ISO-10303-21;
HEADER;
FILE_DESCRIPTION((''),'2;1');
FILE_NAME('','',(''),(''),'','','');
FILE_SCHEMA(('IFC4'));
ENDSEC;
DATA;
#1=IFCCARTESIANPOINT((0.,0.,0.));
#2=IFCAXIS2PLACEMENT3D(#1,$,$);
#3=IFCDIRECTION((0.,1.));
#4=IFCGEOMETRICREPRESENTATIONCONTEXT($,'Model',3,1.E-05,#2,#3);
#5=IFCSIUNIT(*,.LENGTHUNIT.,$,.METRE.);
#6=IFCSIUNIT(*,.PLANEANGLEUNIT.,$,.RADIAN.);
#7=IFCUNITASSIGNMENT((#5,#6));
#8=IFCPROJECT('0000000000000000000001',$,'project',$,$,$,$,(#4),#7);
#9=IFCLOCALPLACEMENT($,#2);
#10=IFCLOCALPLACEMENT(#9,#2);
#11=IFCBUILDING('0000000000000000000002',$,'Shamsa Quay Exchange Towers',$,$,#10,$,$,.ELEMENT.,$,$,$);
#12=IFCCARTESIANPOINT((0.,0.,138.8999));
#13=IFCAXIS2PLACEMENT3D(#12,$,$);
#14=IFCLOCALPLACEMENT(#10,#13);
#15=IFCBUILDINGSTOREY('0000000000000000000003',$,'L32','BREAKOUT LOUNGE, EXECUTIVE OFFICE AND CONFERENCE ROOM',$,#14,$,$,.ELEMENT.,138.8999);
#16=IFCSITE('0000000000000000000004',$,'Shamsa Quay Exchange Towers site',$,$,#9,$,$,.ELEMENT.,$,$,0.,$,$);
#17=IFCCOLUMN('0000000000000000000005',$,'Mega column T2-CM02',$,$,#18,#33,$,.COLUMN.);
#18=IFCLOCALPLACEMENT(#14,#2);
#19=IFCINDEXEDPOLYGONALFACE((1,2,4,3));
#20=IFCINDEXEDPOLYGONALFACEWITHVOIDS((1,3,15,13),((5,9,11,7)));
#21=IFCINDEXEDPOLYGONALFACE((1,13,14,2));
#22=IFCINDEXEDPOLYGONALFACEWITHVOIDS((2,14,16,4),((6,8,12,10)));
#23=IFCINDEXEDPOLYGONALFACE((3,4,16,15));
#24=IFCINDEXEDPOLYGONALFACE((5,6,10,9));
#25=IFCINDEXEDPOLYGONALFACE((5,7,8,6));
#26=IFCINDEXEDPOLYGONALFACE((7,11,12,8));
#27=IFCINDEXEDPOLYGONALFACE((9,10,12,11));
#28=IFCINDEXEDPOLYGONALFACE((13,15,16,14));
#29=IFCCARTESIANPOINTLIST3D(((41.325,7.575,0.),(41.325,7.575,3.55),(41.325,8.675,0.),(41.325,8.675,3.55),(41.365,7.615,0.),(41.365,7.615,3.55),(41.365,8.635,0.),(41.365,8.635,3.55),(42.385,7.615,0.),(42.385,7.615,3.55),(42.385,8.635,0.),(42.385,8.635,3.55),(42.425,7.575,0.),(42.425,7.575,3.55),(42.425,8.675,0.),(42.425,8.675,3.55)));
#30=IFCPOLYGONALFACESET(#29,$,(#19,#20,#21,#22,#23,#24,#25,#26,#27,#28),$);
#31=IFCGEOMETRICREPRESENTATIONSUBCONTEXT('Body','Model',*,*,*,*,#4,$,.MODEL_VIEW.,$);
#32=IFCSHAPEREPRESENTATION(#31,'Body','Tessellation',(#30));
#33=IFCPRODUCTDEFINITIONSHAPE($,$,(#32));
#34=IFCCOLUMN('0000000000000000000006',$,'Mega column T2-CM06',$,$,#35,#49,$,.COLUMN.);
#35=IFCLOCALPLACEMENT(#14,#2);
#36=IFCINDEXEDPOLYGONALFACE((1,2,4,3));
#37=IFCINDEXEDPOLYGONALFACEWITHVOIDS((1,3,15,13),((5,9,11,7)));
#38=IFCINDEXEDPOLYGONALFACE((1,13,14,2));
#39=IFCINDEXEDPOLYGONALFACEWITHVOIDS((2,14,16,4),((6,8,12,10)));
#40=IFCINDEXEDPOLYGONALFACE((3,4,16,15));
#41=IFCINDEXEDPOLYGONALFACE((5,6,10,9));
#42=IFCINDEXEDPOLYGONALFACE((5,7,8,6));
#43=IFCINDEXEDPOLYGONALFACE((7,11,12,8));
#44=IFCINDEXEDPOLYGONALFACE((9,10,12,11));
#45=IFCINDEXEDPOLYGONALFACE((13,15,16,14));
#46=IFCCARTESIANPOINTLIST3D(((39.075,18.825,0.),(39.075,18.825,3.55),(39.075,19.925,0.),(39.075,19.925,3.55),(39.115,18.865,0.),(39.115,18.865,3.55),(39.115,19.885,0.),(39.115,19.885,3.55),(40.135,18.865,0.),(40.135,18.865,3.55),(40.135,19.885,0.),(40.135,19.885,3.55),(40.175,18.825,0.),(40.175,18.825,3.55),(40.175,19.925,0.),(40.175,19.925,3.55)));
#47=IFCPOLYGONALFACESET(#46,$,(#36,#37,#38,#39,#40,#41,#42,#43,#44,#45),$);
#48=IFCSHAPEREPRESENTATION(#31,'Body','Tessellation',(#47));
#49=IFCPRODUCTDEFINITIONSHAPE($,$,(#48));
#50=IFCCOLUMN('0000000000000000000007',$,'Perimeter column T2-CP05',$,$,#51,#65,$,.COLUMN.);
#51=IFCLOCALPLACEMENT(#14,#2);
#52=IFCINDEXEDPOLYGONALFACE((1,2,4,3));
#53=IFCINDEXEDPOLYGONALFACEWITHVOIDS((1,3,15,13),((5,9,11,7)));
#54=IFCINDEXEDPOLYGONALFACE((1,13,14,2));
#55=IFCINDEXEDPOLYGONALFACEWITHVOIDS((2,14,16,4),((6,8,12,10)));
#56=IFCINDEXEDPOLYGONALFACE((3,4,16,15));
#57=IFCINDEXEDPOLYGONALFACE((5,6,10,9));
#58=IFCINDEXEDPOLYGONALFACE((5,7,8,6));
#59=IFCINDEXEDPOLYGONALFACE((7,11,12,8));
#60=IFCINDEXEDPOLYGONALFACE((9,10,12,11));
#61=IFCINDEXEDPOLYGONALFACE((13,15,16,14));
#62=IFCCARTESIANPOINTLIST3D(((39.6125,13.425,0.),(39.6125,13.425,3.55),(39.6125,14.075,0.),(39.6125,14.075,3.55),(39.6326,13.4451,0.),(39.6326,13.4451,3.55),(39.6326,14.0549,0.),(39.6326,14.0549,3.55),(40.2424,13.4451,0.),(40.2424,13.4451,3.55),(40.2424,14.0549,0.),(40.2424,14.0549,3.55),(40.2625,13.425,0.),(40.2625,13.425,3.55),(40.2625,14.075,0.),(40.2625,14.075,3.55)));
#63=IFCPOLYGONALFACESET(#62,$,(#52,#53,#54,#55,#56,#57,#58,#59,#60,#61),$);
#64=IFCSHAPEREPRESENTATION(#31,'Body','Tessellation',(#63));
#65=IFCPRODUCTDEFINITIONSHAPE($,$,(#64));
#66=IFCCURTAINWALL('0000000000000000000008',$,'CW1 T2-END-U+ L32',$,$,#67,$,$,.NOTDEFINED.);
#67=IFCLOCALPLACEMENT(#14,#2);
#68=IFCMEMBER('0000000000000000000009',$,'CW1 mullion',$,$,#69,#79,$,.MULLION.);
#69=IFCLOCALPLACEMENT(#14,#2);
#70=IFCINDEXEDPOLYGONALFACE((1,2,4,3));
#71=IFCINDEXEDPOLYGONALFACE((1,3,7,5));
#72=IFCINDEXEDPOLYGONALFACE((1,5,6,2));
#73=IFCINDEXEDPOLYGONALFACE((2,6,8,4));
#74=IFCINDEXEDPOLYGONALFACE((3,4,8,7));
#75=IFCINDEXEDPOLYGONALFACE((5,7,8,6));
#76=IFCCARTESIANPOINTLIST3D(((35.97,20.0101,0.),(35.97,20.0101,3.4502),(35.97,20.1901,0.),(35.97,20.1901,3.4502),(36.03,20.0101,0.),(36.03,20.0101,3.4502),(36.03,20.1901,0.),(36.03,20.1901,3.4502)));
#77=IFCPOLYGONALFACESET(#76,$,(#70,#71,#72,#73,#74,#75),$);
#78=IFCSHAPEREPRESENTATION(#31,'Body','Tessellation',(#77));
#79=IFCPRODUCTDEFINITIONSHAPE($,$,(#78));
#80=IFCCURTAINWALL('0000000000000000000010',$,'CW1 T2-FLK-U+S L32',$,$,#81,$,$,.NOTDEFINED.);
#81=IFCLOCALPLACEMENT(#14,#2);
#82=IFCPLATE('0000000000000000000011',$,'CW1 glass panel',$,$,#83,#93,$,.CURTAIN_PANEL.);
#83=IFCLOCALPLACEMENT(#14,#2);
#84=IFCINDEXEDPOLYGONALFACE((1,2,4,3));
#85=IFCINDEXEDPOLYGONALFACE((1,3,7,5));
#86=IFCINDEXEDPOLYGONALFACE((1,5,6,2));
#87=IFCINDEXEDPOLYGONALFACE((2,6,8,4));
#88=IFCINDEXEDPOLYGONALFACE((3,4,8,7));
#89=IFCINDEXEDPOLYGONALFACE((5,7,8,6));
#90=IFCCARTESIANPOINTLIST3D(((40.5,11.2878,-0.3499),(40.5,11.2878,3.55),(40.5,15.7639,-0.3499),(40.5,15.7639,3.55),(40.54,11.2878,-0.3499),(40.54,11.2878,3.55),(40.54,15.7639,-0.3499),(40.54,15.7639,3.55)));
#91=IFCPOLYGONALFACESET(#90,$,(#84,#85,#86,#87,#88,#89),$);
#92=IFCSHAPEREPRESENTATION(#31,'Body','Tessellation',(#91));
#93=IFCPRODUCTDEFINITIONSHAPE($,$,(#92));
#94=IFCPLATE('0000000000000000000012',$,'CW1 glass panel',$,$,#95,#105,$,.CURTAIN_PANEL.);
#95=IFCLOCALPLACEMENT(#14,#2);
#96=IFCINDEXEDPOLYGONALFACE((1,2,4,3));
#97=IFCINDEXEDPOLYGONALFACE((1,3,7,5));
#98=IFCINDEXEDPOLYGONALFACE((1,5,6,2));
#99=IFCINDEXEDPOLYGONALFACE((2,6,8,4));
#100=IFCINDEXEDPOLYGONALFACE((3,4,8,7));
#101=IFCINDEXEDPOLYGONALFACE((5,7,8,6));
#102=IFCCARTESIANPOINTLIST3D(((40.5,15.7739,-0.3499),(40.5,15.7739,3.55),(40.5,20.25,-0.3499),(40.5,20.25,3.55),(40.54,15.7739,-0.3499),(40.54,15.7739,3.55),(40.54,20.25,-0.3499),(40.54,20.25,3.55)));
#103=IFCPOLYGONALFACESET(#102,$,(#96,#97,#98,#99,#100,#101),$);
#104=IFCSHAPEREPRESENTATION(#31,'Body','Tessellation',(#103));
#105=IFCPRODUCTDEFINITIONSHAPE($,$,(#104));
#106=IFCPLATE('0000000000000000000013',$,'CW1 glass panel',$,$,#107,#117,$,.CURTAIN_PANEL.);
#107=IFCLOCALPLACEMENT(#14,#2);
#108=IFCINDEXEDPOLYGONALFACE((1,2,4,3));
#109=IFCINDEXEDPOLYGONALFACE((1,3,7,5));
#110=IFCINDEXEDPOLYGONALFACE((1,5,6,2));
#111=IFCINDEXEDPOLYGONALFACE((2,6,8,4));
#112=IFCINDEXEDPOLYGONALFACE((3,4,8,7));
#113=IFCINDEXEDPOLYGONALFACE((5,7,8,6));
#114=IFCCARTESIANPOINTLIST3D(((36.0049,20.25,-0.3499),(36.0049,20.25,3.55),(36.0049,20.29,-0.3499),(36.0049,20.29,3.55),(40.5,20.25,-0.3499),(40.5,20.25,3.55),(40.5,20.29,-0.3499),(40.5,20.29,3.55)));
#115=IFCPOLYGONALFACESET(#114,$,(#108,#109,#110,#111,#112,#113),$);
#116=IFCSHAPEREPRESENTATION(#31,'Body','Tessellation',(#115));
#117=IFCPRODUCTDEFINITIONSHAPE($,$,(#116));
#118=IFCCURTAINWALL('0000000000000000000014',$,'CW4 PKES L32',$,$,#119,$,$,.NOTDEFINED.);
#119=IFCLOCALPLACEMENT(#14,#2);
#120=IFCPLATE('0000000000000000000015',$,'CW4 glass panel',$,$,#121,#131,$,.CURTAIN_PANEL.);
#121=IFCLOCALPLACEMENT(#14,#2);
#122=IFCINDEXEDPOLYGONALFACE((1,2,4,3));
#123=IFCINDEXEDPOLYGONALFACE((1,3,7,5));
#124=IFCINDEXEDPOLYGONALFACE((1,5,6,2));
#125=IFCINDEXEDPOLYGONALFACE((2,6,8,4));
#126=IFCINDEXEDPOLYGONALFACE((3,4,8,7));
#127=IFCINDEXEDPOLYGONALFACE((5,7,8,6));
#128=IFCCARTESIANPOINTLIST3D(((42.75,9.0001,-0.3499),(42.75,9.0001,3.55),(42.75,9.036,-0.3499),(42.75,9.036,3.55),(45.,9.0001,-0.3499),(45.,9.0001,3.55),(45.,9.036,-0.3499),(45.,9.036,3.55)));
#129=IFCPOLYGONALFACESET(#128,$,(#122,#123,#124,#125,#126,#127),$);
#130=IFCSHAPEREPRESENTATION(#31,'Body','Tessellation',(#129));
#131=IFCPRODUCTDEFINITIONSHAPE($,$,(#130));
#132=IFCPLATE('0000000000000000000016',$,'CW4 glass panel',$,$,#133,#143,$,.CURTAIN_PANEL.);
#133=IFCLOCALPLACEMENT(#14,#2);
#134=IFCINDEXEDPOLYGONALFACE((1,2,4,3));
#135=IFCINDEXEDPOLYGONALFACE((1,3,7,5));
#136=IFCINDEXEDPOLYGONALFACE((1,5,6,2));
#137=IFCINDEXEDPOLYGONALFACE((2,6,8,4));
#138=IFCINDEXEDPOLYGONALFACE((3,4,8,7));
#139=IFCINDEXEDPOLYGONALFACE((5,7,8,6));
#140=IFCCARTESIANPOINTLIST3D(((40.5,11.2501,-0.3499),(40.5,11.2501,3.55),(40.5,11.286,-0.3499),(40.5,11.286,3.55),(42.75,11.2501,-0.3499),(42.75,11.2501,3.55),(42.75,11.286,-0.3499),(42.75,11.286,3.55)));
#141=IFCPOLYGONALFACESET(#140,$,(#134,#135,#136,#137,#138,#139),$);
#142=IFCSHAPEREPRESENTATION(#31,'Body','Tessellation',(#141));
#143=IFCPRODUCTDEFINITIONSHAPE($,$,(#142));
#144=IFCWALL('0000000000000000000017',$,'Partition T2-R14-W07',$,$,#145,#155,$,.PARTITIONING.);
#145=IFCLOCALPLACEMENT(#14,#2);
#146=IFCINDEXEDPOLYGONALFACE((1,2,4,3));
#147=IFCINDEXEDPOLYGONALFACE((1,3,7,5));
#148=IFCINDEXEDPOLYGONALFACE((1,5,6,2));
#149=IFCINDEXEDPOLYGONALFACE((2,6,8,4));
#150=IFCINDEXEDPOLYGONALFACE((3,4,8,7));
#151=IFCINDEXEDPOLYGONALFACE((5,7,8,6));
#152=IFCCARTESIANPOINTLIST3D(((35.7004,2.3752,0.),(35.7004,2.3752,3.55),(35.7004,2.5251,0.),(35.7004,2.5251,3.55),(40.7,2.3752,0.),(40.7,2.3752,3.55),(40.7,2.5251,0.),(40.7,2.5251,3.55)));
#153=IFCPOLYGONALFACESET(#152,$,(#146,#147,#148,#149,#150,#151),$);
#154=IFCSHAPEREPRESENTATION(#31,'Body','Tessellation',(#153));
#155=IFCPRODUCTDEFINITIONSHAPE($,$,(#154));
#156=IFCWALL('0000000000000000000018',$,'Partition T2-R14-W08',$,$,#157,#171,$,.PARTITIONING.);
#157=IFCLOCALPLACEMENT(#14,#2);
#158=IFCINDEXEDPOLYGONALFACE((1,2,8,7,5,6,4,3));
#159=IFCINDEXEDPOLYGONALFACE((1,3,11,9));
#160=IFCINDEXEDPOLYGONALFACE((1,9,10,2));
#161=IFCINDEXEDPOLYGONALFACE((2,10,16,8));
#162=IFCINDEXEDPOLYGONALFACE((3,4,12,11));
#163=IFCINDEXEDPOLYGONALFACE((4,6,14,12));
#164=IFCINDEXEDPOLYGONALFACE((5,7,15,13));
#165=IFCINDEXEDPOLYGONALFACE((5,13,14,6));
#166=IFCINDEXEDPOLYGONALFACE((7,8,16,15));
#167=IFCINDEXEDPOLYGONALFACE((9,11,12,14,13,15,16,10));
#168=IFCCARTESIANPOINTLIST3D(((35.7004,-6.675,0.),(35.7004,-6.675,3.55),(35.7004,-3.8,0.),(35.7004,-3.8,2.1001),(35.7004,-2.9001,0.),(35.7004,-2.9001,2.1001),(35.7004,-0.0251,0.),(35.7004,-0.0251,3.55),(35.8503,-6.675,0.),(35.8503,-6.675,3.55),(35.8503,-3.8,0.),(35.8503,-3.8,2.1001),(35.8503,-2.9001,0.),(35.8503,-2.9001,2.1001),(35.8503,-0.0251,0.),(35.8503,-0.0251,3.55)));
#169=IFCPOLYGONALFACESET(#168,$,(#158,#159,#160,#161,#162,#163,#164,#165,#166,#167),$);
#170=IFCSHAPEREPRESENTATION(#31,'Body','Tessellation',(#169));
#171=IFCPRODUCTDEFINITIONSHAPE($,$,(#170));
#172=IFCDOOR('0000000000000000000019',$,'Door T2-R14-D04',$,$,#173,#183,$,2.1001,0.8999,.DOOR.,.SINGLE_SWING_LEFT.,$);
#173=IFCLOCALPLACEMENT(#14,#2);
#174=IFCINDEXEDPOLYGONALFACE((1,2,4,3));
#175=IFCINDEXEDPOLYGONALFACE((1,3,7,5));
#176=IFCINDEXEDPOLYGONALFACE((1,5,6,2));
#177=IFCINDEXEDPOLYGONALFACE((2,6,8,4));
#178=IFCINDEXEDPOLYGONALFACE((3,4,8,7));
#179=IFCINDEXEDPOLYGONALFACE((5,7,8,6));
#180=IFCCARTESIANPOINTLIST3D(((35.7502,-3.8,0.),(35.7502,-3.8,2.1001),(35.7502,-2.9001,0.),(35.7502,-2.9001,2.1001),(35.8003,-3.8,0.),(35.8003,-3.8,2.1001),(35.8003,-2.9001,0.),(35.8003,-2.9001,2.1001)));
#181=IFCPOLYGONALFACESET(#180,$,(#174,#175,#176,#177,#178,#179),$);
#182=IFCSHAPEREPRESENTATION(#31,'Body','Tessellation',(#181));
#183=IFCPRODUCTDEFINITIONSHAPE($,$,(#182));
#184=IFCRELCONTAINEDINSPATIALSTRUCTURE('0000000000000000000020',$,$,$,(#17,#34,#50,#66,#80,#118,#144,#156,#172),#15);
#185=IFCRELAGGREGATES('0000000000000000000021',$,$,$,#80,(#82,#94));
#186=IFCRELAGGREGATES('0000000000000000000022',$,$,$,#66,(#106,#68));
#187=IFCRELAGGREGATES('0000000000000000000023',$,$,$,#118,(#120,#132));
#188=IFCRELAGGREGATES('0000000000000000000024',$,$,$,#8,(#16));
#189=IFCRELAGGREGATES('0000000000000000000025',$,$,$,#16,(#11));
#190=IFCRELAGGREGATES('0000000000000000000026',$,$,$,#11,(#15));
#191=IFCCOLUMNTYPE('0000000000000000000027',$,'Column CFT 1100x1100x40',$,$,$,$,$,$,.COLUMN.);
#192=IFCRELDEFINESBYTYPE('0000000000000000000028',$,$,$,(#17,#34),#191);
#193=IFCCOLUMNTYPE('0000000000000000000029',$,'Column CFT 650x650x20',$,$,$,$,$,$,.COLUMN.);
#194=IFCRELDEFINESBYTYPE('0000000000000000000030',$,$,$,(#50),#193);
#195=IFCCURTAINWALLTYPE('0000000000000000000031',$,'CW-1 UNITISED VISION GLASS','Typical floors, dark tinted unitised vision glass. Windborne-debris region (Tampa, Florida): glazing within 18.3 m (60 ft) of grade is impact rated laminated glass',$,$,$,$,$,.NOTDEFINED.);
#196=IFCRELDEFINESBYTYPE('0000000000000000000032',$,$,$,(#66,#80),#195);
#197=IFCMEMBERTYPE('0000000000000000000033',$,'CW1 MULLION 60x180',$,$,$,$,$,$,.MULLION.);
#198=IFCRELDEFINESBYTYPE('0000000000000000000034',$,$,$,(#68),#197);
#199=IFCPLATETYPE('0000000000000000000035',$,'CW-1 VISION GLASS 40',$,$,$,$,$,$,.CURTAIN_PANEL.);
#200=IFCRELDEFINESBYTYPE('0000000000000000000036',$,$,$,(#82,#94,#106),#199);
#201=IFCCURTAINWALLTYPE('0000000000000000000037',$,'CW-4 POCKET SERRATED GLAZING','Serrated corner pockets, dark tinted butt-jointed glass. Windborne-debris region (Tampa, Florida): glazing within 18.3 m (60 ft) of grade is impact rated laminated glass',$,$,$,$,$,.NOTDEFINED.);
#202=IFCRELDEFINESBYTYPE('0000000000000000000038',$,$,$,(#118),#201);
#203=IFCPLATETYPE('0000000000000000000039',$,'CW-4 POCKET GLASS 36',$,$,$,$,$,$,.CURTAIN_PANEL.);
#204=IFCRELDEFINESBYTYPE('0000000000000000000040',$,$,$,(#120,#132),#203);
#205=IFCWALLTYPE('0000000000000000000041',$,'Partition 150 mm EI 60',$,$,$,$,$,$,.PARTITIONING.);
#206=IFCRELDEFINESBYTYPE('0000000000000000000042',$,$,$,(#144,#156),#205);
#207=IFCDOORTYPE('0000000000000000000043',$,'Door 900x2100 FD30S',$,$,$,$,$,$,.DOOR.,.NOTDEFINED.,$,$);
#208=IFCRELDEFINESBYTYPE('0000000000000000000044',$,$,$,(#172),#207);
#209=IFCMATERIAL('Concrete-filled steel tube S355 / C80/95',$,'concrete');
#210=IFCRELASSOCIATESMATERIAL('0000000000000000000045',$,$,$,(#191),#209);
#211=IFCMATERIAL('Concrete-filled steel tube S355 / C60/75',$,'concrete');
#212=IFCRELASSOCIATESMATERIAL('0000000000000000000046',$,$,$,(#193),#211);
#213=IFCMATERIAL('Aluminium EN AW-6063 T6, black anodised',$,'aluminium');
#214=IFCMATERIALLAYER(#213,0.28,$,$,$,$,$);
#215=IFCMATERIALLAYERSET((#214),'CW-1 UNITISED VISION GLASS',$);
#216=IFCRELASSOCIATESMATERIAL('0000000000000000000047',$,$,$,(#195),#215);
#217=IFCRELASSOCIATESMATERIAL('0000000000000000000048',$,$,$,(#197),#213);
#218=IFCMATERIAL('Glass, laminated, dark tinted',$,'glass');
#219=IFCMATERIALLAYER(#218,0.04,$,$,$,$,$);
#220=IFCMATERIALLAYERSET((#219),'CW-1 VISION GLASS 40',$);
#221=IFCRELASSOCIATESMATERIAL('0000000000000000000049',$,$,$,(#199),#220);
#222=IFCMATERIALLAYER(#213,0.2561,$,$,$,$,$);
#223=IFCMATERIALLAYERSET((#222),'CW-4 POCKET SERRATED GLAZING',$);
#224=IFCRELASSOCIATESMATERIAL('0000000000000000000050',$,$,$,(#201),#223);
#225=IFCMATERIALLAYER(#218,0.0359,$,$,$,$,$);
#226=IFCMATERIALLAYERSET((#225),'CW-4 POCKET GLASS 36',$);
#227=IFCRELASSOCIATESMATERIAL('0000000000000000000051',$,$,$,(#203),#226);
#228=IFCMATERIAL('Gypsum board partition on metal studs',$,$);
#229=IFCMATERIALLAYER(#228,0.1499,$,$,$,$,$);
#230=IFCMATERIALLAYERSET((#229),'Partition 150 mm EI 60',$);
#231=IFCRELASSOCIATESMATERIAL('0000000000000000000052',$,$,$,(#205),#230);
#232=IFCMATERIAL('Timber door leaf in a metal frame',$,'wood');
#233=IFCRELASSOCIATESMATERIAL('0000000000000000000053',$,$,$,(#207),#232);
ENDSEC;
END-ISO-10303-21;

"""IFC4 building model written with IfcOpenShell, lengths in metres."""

from ifc_helpers import new_model, si_unit, direction, frame, frame_2d, origin, origin_2d, place, context, subcontext, project, spatial, rectangle, hollow_rectangle, extrude, material, layer, layer_set, material_profile, profile_set, type_object, element, fill, aggregate, save


model = new_model("IFC4")

# Units and contexts
model_context = context("Model", 3, precision=1e-05, world=origin(), true_north=direction((0.0, 1.0)))
body_context = subcontext(model_context, "Body", "Model", "MODEL_VIEW")
ifc_project = project(units=[si_unit("LENGTHUNIT", "METRE"), si_unit("PLANEANGLEUNIT", "RADIAN")], contexts=[model_context])

# Site, building, storey
site_placement = place(None, origin())
site = spatial("IfcSite", under=ifc_project, at=site_placement, Name="Shamsa Quay Exchange Towers site", CompositionType="ELEMENT", RefElevation=0.0)
building_placement = place(site_placement, origin())
building = spatial("IfcBuilding", under=site, at=building_placement, Name="Shamsa Quay Exchange Towers", CompositionType="ELEMENT")
storey_placement = place(building_placement, frame((0.0, 0.0, 138.8999)))
storey = spatial("IfcBuildingStorey", under=building, at=storey_placement, Name="L32", Description="BREAKOUT LOUNGE, EXECUTIVE OFFICE AND CONFERENCE ROOM", CompositionType="ELEMENT", Elevation=138.8999)

# Columns
ifc_material_1 = material(Name="Concrete-filled steel tube S355 / C80/95", Category="concrete")
ifc_material_profile_1 = material_profile(ifc_material_1, hollow_rectangle(XDim=1.1001, YDim=1.1001, WallThickness=0.04, at=origin_2d()), Name="CFT 1100x1100x40")
ifc_profile_set_1 = profile_set([ifc_material_profile_1], Name="Concrete-filled steel tube S355 / C80/95")
column_type_1 = type_object("IfcColumnType", Name="Column CFT 1100x1100x40", PredefinedType="COLUMN", material=ifc_profile_set_1)
for number, where, name in (
    (1, (41.875, 8.125, 0.0), "Mega column T2-CM02"),
    (2, (39.625, 19.375, 0.0), "Mega column T2-CM06"),
):
    element("IfcColumn", number, at=place(storey_placement, frame(where)), inside=storey, type_object=column_type_1, Name=name, PredefinedType="COLUMN", context=body_context, shape_type="SweptSolid", body=[
        extrude(hollow_rectangle(XDim=1.1001, YDim=1.1001, WallThickness=0.04, at=origin_2d()), origin(), (0.0, 0.0, 1.0), 3.55),
    ])
ifc_material_2 = material(Name="Concrete-filled steel tube S355 / C60/75", Category="concrete")
ifc_material_profile_2 = material_profile(ifc_material_2, hollow_rectangle(XDim=0.6499, YDim=0.6499, WallThickness=0.02, at=origin_2d()), Name="CFT 650x650x20")
ifc_profile_set_2 = profile_set([ifc_material_profile_2], Name="Concrete-filled steel tube S355 / C60/75")
column_type_2 = type_object("IfcColumnType", Name="Column CFT 650x650x20", PredefinedType="COLUMN", material=ifc_profile_set_2)
column_placement = place(storey_placement, frame((39.9375, 13.75, 0.0)))
element("IfcColumn", 3, at=column_placement, inside=storey, type_object=column_type_2, Name="Perimeter column T2-CP05", PredefinedType="COLUMN", context=body_context, shape_type="SweptSolid", body=[
    extrude(hollow_rectangle(XDim=0.6499, YDim=0.6499, WallThickness=0.02, at=origin_2d()), origin(), (0.0, 0.0, 1.0), 3.55),
])

# Curtain wall, member
ifc_material_3 = material(Name="Aluminium EN AW-6063 T6, black anodised", Category="aluminium")
ifc_layer_1 = layer(ifc_material_3, 0.28)
ifc_layer_set_1 = layer_set([ifc_layer_1], Name="CW-1 UNITISED VISION GLASS")
curtain_wall_type_1 = type_object("IfcCurtainWallType", Name="CW-1 UNITISED VISION GLASS", Description="Typical floors, dark tinted unitised vision glass. Windborne-debris region (Tampa, Florida): glazing within 18.3 m (60 ft) of grade is impact rated laminated glass", PredefinedType="NOTDEFINED", material=ifc_layer_set_1)
curtain_wall_1_placement = place(storey_placement, origin())
curtain_wall_1 = element("IfcCurtainWall", 4, at=curtain_wall_1_placement, inside=storey, type_object=curtain_wall_type_1, Name="CW1 T2-END-U+ L32", PredefinedType="NOTDEFINED")
ifc_material_profile_3 = material_profile(ifc_material_3, rectangle(XDim=0.1799, YDim=0.0601, at=origin_2d()), Name="MU60x180")
ifc_profile_set_3 = profile_set([ifc_material_profile_3], Name="Aluminium EN AW-6063 T6, black anodised")
member_type = type_object("IfcMemberType", Name="CW1 MULLION 60x180", PredefinedType="MULLION", material=ifc_profile_set_3)
member_placement = place(storey_placement, frame((36.0, 20.1001, 0.0), z_axis=(0.0, 0.0, 1.0), x_axis=(0.0, -1.0, 0.0)))
member = element("IfcMember", 5, at=member_placement, type_object=member_type, Name="CW1 mullion", PredefinedType="MULLION", context=body_context, shape_type="SweptSolid", body=[
    extrude(rectangle(XDim=0.1799, YDim=0.0601, at=origin_2d()), origin(), (0.0, 0.0, 1.0), 3.4502),
])

# Curtain wall, plates
curtain_wall_2_placement = place(storey_placement, origin())
curtain_wall_2 = element("IfcCurtainWall", 6, at=curtain_wall_2_placement, inside=storey, type_object=curtain_wall_type_1, Name="CW1 T2-FLK-U+S L32", PredefinedType="NOTDEFINED")
ifc_material_4 = material(Name="Glass, laminated, dark tinted", Category="glass")
ifc_layer_2 = layer(ifc_material_4, 0.04)
ifc_layer_set_2 = layer_set([ifc_layer_2], Name="CW-1 VISION GLASS 40")
plate_type_1 = type_object("IfcPlateType", Name="CW-1 VISION GLASS 40", PredefinedType="CURTAIN_PANEL", material=ifc_layer_set_2)
plate_1_placement = place(storey_placement, frame((40.52, 13.5259, -0.3499), z_axis=(0.0, 0.0, 1.0), x_axis=(0.0, 1.0, 0.0)))
plate_1 = element("IfcPlate", 7, at=plate_1_placement, type_object=plate_type_1, Name="CW1 glass panel", PredefinedType="CURTAIN_PANEL", context=body_context, shape_type="SweptSolid", body=[
    extrude(rectangle(XDim=4.4761, YDim=0.04, at=origin_2d()), origin(), (0.0, 0.0, 1.0), 3.8999),
])
plate_2_placement = place(storey_placement, frame((40.52, 18.012, -0.3499), z_axis=(0.0, 0.0, 1.0), x_axis=(0.0, 1.0, 0.0)))
plate_2 = element("IfcPlate", 8, at=plate_2_placement, type_object=plate_type_1, Name="CW1 glass panel", PredefinedType="CURTAIN_PANEL", context=body_context, shape_type="SweptSolid", body=[
    extrude(rectangle(XDim=4.4761, YDim=0.04, at=origin_2d()), origin(), (0.0, 0.0, 1.0), 3.8999),
])
aggregate(curtain_wall_2, [plate_1, plate_2])

# Plate
plate_3_placement = place(storey_placement, frame((38.2524, 20.27, -0.3499), z_axis=(0.0, 0.0, 1.0), x_axis=(-1.0, 0.0, 0.0)))
plate_3 = element("IfcPlate", 9, at=plate_3_placement, type_object=plate_type_1, Name="CW1 glass panel", PredefinedType="CURTAIN_PANEL", context=body_context, shape_type="SweptSolid", body=[
    extrude(rectangle(XDim=4.4951, YDim=0.04, at=origin_2d()), origin(), (0.0, 0.0, 1.0), 3.8999),
])
aggregate(curtain_wall_1, [plate_3, member])

# Curtain wall, plates
ifc_layer_3 = layer(ifc_material_3, 0.2561)
ifc_layer_set_3 = layer_set([ifc_layer_3], Name="CW-4 POCKET SERRATED GLAZING")
curtain_wall_type_2 = type_object("IfcCurtainWallType", Name="CW-4 POCKET SERRATED GLAZING", Description="Serrated corner pockets, dark tinted butt-jointed glass. Windborne-debris region (Tampa, Florida): glazing within 18.3 m (60 ft) of grade is impact rated laminated glass", PredefinedType="NOTDEFINED", material=ifc_layer_set_3)
curtain_wall_3_placement = place(storey_placement, origin())
curtain_wall_3 = element("IfcCurtainWall", 10, at=curtain_wall_3_placement, inside=storey, type_object=curtain_wall_type_2, Name="CW4 PKES L32", PredefinedType="NOTDEFINED")
ifc_layer_4 = layer(ifc_material_4, 0.0359)
ifc_layer_set_4 = layer_set([ifc_layer_4], Name="CW-4 POCKET GLASS 36")
plate_type_2 = type_object("IfcPlateType", Name="CW-4 POCKET GLASS 36", PredefinedType="CURTAIN_PANEL", material=ifc_layer_set_4)
plate_4_placement = place(storey_placement, frame((43.875, 9.0181, -0.3499), z_axis=(0.0, 0.0, 1.0), x_axis=(-1.0, 0.0, 0.0)))
plate_4 = element("IfcPlate", 11, at=plate_4_placement, type_object=plate_type_2, Name="CW4 glass panel", PredefinedType="CURTAIN_PANEL", context=body_context, shape_type="SweptSolid", body=[
    extrude(rectangle(XDim=2.25, YDim=0.0359, at=origin_2d()), origin(), (0.0, 0.0, 1.0), 3.8999),
])
plate_5_placement = place(storey_placement, frame((41.625, 11.2681, -0.3499), z_axis=(0.0, 0.0, 1.0), x_axis=(-1.0, 0.0, 0.0)))
plate_5 = element("IfcPlate", 12, at=plate_5_placement, type_object=plate_type_2, Name="CW4 glass panel", PredefinedType="CURTAIN_PANEL", context=body_context, shape_type="SweptSolid", body=[
    extrude(rectangle(XDim=2.25, YDim=0.0359, at=origin_2d()), origin(), (0.0, 0.0, 1.0), 3.8999),
])
aggregate(curtain_wall_3, [plate_4, plate_5])

# Wall
ifc_material_5 = material(Name="Gypsum board partition on metal studs")
ifc_layer_5 = layer(ifc_material_5, 0.1499)
ifc_layer_set_5 = layer_set([ifc_layer_5], Name="Partition 150 mm EI 60")
wall_type_1 = type_object("IfcWallType", Name="Partition 150 mm EI 60", PredefinedType="PARTITIONING", material=ifc_layer_set_5)
wall_1_placement = place(storey_placement, frame((35.7004, 2.4502, 0.0)))
element("IfcWall", 13, at=wall_1_placement, inside=storey, type_object=wall_type_1, Name="Partition T2-R14-W07", PredefinedType="PARTITIONING", context=body_context, shape_type="SweptSolid", body=[
    extrude(rectangle(XDim=4.9995, YDim=0.1499, at=frame_2d((2.4998, 0.0))), origin(), (0.0, 0.0, 1.0), 3.55),
])

# Wall, opening, door
wall_2_placement = place(storey_placement, frame((35.7754, -0.0251, 0.0), z_axis=(0.0, 0.0, 1.0), x_axis=(0.0, -1.0, 0.0)))
wall_2 = element("IfcWall", 14, at=wall_2_placement, inside=storey, type_object=wall_type_1, Name="Partition T2-R14-W08", PredefinedType="PARTITIONING", context=body_context, shape_type="SweptSolid", body=[
    extrude(rectangle(XDim=6.6499, YDim=0.1499, at=frame_2d((3.325, 0.0))), origin(), (0.0, 0.0, 1.0), 3.55),
])
opening_1_placement = place(wall_2_placement, frame((2.875, 0.0, 0.0)))
opening_1 = element("IfcOpeningElement", 15, at=opening_1_placement, cuts=wall_2, PredefinedType="OPENING", context=body_context, shape_type="SweptSolid", body=[
    extrude(rectangle(XDim=0.8999, YDim=2.1001, at=frame_2d((0.45, 1.05))), frame((0.0, 0.085, 0.0), z_axis=(0.0, -1.0, 0.0), x_axis=(1.0, 0.0, 0.0)), (0.0, 0.0, 1.0), 0.1699),
])
ifc_material_6 = material(Name="Timber door leaf in a metal frame", Category="wood")
door_type_1 = type_object("IfcDoorType", Name="Door 900x2100 FD30S", OperationType="NOTDEFINED", PredefinedType="DOOR", material=ifc_material_6)
door_1_placement = place(opening_1_placement, origin())
door_1 = element("IfcDoor", 16, at=door_1_placement, inside=storey, type_object=door_type_1, Name="Door T2-R14-D04", OperationType="SINGLE_SWING_LEFT", OverallHeight=2.1001, OverallWidth=0.8999, PredefinedType="DOOR", context=body_context, shape_type="SweptSolid", body=[
    extrude(rectangle(XDim=0.8999, YDim=2.1001, at=frame_2d((0.45, 1.05))), frame((0.0, 0.0249, 0.0), z_axis=(0.0, -1.0, 0.0), x_axis=(1.0, 0.0, 0.0)), (0.0, 0.0, 1.0), 0.05),
])
fill(opening_1, door_1)

save(model, "model.ifc")
